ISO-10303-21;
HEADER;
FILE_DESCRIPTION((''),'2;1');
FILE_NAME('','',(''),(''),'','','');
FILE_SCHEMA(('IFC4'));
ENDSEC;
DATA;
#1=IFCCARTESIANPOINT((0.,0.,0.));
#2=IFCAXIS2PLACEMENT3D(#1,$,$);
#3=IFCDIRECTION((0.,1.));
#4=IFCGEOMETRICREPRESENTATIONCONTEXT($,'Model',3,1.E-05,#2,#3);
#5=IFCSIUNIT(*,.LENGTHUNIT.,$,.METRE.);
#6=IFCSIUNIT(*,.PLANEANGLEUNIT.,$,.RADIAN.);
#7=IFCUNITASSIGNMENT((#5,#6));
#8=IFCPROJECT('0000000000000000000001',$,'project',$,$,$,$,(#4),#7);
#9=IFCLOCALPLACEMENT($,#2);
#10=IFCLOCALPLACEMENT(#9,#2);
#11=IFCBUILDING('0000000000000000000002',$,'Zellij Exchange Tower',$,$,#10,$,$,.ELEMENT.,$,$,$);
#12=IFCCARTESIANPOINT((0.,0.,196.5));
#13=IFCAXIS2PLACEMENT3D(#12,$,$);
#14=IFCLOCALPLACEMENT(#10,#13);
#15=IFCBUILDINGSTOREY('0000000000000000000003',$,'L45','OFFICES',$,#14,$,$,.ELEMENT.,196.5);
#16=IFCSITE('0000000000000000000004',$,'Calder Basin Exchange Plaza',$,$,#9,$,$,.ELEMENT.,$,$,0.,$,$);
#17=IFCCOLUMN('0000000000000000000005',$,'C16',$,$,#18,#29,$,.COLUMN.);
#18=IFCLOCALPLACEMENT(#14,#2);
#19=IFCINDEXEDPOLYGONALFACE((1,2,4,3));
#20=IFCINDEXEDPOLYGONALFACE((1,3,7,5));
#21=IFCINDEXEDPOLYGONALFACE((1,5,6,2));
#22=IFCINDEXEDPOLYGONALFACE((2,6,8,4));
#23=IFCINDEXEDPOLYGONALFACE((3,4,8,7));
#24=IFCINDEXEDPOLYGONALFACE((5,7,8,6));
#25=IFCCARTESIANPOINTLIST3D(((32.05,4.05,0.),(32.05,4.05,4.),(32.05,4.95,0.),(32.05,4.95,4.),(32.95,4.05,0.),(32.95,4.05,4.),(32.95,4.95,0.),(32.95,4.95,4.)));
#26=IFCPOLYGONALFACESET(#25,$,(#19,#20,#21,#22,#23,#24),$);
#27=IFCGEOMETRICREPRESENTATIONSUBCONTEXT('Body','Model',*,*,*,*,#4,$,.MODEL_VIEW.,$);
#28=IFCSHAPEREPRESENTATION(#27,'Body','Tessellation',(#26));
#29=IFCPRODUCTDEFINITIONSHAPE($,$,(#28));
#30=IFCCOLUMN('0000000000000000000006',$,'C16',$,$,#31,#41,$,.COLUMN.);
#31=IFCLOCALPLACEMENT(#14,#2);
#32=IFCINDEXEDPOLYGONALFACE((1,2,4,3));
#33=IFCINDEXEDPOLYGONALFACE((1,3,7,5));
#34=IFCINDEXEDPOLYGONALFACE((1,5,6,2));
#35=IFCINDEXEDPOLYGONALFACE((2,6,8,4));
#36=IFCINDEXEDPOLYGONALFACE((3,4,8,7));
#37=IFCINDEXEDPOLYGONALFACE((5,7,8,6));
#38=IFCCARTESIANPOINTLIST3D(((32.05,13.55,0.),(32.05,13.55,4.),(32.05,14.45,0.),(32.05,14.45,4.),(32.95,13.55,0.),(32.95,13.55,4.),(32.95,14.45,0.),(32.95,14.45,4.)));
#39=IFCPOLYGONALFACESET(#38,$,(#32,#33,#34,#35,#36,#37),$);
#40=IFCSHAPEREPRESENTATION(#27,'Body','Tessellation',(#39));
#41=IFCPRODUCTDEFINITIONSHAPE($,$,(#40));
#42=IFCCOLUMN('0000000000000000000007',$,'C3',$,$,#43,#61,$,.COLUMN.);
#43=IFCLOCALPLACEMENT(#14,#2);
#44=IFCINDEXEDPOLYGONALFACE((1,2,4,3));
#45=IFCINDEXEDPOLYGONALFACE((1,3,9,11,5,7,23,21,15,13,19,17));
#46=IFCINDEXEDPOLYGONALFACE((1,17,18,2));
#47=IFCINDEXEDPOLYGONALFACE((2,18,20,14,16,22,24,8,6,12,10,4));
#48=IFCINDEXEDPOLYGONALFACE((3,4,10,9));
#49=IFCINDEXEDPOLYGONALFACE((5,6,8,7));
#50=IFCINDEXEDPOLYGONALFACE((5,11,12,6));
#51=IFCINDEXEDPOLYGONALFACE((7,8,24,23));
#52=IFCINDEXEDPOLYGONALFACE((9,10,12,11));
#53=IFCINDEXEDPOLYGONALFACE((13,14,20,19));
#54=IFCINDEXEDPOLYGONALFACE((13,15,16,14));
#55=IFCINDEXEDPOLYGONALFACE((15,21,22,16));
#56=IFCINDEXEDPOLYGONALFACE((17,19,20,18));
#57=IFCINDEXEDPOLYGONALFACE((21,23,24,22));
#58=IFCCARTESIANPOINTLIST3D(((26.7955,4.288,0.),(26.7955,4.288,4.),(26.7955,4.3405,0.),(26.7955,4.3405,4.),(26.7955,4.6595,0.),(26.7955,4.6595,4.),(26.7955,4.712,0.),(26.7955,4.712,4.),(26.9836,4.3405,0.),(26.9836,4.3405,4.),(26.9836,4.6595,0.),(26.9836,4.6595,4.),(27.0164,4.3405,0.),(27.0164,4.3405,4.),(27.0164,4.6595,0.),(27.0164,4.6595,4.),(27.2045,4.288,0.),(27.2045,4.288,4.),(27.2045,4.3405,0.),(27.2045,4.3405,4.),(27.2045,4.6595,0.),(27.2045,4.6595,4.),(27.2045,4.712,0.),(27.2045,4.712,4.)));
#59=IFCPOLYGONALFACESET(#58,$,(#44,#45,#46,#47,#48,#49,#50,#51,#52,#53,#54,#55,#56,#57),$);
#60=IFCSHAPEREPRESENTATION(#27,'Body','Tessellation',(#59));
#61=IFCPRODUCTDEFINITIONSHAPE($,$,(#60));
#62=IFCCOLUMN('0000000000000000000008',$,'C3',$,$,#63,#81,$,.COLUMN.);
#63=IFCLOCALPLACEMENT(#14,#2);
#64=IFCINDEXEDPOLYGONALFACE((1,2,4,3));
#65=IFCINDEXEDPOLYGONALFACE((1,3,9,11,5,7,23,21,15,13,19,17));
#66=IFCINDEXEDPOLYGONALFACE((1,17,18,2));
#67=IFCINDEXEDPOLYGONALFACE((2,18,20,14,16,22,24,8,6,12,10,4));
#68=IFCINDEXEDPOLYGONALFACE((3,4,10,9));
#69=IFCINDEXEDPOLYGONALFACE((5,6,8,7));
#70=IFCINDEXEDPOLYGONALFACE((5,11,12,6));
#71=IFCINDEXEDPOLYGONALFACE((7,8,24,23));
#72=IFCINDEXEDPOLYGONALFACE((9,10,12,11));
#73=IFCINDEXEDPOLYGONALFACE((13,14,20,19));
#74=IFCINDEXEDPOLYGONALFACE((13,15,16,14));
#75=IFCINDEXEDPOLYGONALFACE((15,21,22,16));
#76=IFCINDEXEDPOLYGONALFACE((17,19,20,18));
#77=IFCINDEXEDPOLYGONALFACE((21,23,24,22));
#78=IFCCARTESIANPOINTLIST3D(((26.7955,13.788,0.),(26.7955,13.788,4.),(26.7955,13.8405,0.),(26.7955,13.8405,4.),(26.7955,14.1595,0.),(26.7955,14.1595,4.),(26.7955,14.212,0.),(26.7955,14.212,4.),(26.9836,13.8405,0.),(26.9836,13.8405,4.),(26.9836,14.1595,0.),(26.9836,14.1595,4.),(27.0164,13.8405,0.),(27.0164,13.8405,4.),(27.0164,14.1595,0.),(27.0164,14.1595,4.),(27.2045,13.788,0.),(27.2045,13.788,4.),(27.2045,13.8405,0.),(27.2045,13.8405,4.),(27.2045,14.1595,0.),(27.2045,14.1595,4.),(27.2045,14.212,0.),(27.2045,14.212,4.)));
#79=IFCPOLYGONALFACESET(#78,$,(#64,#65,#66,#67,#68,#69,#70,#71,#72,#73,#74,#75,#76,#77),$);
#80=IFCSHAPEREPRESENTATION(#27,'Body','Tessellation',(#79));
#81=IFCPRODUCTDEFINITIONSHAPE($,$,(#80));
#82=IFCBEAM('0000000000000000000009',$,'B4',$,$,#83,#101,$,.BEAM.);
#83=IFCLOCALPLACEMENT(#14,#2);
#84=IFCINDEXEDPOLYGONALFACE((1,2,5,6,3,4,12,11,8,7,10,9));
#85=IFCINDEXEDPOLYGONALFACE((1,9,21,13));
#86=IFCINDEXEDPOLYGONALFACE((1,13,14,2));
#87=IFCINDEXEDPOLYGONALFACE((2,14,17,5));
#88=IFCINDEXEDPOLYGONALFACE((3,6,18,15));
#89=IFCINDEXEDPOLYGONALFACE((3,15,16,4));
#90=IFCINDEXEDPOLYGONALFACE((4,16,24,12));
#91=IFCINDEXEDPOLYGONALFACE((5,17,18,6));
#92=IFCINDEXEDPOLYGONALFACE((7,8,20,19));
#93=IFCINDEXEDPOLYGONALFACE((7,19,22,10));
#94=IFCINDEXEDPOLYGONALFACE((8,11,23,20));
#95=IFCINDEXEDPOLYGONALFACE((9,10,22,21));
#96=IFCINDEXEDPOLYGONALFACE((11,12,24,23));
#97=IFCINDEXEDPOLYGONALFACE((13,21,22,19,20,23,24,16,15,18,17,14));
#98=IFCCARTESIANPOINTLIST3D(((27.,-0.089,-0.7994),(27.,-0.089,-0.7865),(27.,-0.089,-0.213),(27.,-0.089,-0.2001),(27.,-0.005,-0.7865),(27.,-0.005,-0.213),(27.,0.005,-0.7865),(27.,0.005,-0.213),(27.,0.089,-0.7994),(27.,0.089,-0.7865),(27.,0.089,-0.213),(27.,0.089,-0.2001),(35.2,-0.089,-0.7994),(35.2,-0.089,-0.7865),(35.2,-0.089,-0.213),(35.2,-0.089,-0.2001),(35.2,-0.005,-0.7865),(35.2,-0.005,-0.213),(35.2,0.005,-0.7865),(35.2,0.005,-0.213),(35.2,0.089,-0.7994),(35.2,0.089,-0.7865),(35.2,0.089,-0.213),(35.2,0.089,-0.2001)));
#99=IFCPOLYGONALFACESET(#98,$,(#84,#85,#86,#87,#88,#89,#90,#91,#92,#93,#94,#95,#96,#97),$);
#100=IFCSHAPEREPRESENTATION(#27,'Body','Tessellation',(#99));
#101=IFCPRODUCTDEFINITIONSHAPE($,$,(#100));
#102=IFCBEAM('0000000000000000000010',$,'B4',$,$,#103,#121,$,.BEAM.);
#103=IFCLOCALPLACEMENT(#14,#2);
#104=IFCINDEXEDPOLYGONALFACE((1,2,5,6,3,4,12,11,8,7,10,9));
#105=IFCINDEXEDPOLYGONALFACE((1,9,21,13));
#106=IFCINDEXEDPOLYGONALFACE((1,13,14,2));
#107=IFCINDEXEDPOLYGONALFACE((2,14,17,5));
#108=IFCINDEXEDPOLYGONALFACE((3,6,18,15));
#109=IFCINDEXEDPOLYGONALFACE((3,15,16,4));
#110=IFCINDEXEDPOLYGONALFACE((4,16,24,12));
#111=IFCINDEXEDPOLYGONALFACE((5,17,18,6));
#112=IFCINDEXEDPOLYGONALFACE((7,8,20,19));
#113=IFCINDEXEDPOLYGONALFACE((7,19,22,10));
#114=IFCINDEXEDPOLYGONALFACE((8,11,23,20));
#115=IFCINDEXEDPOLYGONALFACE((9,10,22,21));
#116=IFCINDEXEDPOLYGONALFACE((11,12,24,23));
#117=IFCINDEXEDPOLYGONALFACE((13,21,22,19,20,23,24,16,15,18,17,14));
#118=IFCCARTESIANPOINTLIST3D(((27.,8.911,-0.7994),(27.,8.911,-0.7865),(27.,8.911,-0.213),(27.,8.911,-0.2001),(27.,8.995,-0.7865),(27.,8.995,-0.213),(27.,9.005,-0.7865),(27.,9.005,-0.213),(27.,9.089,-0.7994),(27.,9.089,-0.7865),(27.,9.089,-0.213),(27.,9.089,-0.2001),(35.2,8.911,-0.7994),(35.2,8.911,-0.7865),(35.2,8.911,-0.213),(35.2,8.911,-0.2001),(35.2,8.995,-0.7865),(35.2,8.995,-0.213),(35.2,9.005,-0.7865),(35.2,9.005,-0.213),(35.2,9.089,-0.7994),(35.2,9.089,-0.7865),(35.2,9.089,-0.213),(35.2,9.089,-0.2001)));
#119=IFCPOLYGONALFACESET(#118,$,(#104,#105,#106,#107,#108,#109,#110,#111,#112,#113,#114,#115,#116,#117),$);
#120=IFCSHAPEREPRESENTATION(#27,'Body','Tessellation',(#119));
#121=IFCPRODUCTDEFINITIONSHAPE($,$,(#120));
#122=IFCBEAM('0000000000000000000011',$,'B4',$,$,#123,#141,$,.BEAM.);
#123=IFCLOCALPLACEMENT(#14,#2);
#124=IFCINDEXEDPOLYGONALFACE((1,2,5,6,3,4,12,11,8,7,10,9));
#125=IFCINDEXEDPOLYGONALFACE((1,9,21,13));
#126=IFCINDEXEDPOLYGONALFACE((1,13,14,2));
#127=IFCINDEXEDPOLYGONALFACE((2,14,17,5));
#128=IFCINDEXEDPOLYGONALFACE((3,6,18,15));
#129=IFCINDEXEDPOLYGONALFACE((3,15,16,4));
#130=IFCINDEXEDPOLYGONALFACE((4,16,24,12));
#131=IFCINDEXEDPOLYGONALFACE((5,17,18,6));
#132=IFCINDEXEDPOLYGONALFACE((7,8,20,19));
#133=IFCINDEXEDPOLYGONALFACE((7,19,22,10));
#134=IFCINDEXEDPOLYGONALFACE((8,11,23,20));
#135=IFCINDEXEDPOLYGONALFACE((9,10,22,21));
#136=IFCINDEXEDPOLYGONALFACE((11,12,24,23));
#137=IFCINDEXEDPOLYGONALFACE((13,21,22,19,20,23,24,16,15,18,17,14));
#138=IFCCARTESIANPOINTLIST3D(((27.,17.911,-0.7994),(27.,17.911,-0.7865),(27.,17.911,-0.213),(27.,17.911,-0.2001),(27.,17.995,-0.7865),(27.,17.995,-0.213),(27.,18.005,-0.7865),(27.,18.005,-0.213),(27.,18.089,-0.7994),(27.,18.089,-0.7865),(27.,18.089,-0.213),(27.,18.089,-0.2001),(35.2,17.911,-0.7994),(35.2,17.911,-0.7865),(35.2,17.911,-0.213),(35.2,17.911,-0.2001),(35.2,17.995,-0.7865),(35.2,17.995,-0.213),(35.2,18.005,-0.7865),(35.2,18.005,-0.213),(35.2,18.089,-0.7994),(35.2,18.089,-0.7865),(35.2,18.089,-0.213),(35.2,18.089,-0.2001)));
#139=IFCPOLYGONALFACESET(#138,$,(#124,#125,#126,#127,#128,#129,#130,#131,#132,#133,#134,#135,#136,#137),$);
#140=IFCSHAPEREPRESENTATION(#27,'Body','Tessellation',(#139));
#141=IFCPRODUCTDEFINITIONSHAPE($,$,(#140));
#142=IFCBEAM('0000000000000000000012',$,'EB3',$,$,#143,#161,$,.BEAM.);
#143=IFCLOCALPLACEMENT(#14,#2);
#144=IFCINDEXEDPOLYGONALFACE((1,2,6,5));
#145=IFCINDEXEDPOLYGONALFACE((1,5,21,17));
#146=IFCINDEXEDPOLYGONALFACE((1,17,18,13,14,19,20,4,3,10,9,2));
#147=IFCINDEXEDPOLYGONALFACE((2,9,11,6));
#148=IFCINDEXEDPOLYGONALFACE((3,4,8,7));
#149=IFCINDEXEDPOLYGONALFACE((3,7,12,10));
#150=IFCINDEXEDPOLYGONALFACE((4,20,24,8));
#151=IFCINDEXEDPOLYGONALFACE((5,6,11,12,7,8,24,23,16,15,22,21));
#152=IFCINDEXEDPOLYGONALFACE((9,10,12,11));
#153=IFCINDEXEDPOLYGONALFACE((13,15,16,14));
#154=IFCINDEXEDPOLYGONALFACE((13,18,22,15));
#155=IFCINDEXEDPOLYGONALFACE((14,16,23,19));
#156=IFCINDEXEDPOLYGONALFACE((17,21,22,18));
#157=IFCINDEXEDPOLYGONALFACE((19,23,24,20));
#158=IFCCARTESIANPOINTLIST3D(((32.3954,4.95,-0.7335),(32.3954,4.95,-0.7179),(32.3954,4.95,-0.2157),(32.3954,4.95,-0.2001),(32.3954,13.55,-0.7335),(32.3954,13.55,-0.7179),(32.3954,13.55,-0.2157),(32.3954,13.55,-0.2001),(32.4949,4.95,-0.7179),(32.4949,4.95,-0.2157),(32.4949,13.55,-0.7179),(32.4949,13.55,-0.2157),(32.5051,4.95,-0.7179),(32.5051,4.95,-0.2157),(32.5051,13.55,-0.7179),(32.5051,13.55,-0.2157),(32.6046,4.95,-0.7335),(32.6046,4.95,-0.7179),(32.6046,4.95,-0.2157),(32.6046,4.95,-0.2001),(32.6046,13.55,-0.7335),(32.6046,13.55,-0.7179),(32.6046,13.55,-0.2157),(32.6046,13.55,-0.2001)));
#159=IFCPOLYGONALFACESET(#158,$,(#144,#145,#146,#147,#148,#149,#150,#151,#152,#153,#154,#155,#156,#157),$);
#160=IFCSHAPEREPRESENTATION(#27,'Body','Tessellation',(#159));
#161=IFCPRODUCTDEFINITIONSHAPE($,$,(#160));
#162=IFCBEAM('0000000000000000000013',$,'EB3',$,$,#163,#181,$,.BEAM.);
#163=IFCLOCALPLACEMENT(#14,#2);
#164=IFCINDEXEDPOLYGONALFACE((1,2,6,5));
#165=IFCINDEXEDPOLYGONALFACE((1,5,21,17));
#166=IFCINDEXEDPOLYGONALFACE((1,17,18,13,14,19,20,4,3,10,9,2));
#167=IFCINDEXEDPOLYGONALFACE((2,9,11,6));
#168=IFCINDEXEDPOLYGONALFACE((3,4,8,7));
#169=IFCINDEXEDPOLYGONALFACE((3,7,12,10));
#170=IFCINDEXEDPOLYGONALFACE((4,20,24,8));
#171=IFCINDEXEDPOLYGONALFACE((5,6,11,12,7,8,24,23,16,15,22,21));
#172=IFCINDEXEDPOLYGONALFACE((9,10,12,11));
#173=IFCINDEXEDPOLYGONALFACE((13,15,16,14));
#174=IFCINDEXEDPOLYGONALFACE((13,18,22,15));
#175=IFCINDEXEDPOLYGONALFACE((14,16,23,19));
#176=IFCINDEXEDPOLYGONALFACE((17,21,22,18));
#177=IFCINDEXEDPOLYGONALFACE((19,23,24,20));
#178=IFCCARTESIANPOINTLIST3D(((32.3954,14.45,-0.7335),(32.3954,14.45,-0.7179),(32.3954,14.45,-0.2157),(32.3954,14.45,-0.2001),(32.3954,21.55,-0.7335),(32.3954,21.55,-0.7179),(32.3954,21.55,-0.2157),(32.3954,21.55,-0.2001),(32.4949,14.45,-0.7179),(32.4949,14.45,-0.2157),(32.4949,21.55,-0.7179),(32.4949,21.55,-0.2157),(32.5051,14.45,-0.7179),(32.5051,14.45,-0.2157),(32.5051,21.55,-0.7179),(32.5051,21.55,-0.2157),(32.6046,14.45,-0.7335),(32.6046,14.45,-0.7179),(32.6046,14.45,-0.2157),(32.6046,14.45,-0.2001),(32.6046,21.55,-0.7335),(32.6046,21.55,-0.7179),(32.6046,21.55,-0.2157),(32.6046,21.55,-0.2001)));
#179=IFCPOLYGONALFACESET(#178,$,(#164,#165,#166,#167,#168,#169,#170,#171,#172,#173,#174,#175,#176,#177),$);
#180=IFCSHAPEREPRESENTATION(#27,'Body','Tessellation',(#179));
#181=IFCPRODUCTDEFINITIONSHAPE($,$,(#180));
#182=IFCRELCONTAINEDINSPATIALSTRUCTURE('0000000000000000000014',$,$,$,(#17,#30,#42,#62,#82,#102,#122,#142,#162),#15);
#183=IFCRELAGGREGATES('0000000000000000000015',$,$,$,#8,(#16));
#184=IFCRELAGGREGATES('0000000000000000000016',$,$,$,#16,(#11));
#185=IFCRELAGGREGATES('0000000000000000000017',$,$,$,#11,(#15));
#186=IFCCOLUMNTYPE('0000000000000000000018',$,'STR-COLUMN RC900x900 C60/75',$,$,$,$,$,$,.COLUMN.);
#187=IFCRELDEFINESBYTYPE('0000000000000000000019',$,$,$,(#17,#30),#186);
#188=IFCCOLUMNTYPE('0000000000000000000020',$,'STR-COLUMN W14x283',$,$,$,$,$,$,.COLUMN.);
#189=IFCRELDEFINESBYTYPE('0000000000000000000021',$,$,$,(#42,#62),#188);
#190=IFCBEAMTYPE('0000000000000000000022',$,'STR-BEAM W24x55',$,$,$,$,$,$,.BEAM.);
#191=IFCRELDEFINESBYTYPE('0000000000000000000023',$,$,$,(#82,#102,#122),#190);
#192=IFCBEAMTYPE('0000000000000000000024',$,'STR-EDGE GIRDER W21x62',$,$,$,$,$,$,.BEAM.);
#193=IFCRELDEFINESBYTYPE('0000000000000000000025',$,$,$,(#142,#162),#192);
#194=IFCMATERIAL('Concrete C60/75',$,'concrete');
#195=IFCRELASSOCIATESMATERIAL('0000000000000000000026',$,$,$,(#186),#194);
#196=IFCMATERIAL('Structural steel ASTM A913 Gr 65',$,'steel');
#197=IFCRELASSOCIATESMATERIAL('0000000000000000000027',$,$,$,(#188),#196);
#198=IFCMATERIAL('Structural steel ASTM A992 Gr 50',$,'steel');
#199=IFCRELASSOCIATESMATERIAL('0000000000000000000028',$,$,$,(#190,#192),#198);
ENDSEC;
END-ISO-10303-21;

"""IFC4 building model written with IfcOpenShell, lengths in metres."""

from ifc_helpers import new_model, si_unit, direction, frame, origin, origin_2d, place, context, subcontext, project, spatial, rectangle, i_section, extrude, material, material_profile, profile_set, type_object, element, save


model = new_model("IFC4")

# Units and contexts
model_context = context("Model", 3, precision=1e-05, world=origin(), true_north=direction((0.0, 1.0)))
body_context = subcontext(model_context, "Body", "Model", "MODEL_VIEW")
ifc_project = project(units=[si_unit("LENGTHUNIT", "METRE"), si_unit("PLANEANGLEUNIT", "RADIAN")], contexts=[model_context])

# Site, building, storey
site_placement = place(None, origin())
site = spatial("IfcSite", under=ifc_project, at=site_placement, Name="Calder Basin Exchange Plaza", CompositionType="ELEMENT", RefElevation=0.0)
building_placement = place(site_placement, origin())
building = spatial("IfcBuilding", under=site, at=building_placement, Name="Zellij Exchange Tower", CompositionType="ELEMENT")
storey_placement = place(building_placement, frame((0.0, 0.0, 196.5)))
storey = spatial("IfcBuildingStorey", under=building, at=storey_placement, Name="L45", Description="OFFICES", CompositionType="ELEMENT", Elevation=196.5)

# Columns
ifc_material_1 = material(Name="Concrete C60/75", Category="concrete")
ifc_material_profile_1 = material_profile(ifc_material_1, rectangle(XDim=0.8999, YDim=0.8999, at=origin_2d()), Name="STR-COLUMN RC900x900 C60/75")
ifc_profile_set_1 = profile_set([ifc_material_profile_1], Name="Concrete C60/75")
column_type_1 = type_object("IfcColumnType", Name="STR-COLUMN RC900x900 C60/75", PredefinedType="COLUMN", material=ifc_profile_set_1)
for number, where, z_axis, x_axis, name in (
    (1, (32.5, 4.5, 0.0), (0.0, 0.0, 1.0), (1.0, 0.0, 0.0), "C16"),
    (2, (32.5, 14.0, 0.0), (0.0, 0.0, 1.0), (1.0, 0.0, 0.0), "C16"),
):
    element("IfcColumn", number, at=place(storey_placement, frame(where, z_axis=z_axis, x_axis=x_axis)), inside=storey, type_object=column_type_1, Name=name, PredefinedType="COLUMN", context=body_context, shape_type="SweptSolid", body=[
        extrude(rectangle(XDim=0.8999, YDim=0.8999, at=origin_2d()), origin(), (0.0, 0.0, 1.0), 4.0),
    ])
ifc_material_2 = material(Name="Structural steel ASTM A913 Gr 65", Category="steel")
ifc_material_profile_2 = material_profile(ifc_material_2, i_section(OverallWidth=0.4089, OverallDepth=0.4241, WebThickness=0.0327, FlangeThickness=0.0525, at=origin_2d()), Name="W14x283")
ifc_profile_set_2 = profile_set([ifc_material_profile_2], Name="Structural steel ASTM A913 Gr 65")
column_type_2 = type_object("IfcColumnType", Name="STR-COLUMN W14x283", PredefinedType="COLUMN", material=ifc_profile_set_2)
for number, where, z_axis, x_axis, name in (
    (3, (27.0, 4.5, 0.0), (0.0, 0.0, 1.0), (1.0, 0.0, 0.0), "C3"),
    (4, (27.0, 14.0, 0.0), (0.0, 0.0, 1.0), (1.0, 0.0, 0.0), "C3"),
):
    element("IfcColumn", number, at=place(storey_placement, frame(where, z_axis=z_axis, x_axis=x_axis)), inside=storey, type_object=column_type_2, Name=name, PredefinedType="COLUMN", context=body_context, shape_type="SweptSolid", body=[
        extrude(i_section(OverallWidth=0.4089, OverallDepth=0.4241, WebThickness=0.0327, FlangeThickness=0.0525, at=origin_2d()), origin(), (0.0, 0.0, 1.0), 4.0),
    ])

# Beams
ifc_material_3 = material(Name="Structural steel ASTM A992 Gr 50", Category="steel")
ifc_material_profile_3 = material_profile(ifc_material_3, i_section(OverallWidth=0.178, OverallDepth=0.5994, WebThickness=0.01, FlangeThickness=0.0129, at=origin_2d()), Name="W24x55")
ifc_profile_set_3 = profile_set([ifc_material_profile_3], Name="Structural steel ASTM A992 Gr 50")
beam_type_1 = type_object("IfcBeamType", Name="STR-BEAM W24x55", PredefinedType="BEAM", material=ifc_profile_set_3)
for number, where, z_axis, x_axis, name in (
    (5, (27.0, 0.0, -0.4998), (1.0, 0.0, 0.0), (0.0, 1.0, 0.0), "B4"),
    (6, (27.0, 9.0, -0.4998), (1.0, 0.0, 0.0), (0.0, 1.0, 0.0), "B4"),
    (7, (27.0, 18.0, -0.4998), (1.0, 0.0, 0.0), (0.0, 1.0, 0.0), "B4"),
):
    element("IfcBeam", number, at=place(storey_placement, frame(where, z_axis=z_axis, x_axis=x_axis)), inside=storey, type_object=beam_type_1, Name=name, PredefinedType="BEAM", context=body_context, shape_type="SweptSolid", body=[
        extrude(i_section(OverallWidth=0.178, OverallDepth=0.5994, WebThickness=0.01, FlangeThickness=0.0129, at=origin_2d()), origin(), (0.0, 0.0, 1.0), 8.2),
    ])
ifc_material_profile_4 = material_profile(ifc_material_3, i_section(OverallWidth=0.2092, OverallDepth=0.5334, WebThickness=0.0103, FlangeThickness=0.0156, at=origin_2d()), Name="W21x62")
ifc_profile_set_4 = profile_set([ifc_material_profile_4], Name="Structural steel ASTM A992 Gr 50")
beam_type_2 = type_object("IfcBeamType", Name="STR-EDGE GIRDER W21x62", PredefinedType="BEAM", material=ifc_profile_set_4)
beam_1_placement = place(storey_placement, frame((32.5, 4.95, -0.4668), z_axis=(0.0, 1.0, 0.0), x_axis=(-1.0, 0.0, 0.0)))
element("IfcBeam", 8, at=beam_1_placement, inside=storey, type_object=beam_type_2, Name="EB3", PredefinedType="BEAM", context=body_context, shape_type="SweptSolid", body=[
    extrude(i_section(OverallWidth=0.2092, OverallDepth=0.5334, WebThickness=0.0103, FlangeThickness=0.0156, at=origin_2d()), origin(), (0.0, 0.0, 1.0), 8.6001),
])
beam_2_placement = place(storey_placement, frame((32.5, 14.45, -0.4668), z_axis=(0.0, 1.0, 0.0), x_axis=(-1.0, 0.0, 0.0)))
element("IfcBeam", 9, at=beam_2_placement, inside=storey, type_object=beam_type_2, Name="EB3", PredefinedType="BEAM", context=body_context, shape_type="SweptSolid", body=[
    extrude(i_section(OverallWidth=0.2092, OverallDepth=0.5334, WebThickness=0.0103, FlangeThickness=0.0156, at=origin_2d()), origin(), (0.0, 0.0, 1.0), 7.1001),
])

save(model, "model.ifc")
